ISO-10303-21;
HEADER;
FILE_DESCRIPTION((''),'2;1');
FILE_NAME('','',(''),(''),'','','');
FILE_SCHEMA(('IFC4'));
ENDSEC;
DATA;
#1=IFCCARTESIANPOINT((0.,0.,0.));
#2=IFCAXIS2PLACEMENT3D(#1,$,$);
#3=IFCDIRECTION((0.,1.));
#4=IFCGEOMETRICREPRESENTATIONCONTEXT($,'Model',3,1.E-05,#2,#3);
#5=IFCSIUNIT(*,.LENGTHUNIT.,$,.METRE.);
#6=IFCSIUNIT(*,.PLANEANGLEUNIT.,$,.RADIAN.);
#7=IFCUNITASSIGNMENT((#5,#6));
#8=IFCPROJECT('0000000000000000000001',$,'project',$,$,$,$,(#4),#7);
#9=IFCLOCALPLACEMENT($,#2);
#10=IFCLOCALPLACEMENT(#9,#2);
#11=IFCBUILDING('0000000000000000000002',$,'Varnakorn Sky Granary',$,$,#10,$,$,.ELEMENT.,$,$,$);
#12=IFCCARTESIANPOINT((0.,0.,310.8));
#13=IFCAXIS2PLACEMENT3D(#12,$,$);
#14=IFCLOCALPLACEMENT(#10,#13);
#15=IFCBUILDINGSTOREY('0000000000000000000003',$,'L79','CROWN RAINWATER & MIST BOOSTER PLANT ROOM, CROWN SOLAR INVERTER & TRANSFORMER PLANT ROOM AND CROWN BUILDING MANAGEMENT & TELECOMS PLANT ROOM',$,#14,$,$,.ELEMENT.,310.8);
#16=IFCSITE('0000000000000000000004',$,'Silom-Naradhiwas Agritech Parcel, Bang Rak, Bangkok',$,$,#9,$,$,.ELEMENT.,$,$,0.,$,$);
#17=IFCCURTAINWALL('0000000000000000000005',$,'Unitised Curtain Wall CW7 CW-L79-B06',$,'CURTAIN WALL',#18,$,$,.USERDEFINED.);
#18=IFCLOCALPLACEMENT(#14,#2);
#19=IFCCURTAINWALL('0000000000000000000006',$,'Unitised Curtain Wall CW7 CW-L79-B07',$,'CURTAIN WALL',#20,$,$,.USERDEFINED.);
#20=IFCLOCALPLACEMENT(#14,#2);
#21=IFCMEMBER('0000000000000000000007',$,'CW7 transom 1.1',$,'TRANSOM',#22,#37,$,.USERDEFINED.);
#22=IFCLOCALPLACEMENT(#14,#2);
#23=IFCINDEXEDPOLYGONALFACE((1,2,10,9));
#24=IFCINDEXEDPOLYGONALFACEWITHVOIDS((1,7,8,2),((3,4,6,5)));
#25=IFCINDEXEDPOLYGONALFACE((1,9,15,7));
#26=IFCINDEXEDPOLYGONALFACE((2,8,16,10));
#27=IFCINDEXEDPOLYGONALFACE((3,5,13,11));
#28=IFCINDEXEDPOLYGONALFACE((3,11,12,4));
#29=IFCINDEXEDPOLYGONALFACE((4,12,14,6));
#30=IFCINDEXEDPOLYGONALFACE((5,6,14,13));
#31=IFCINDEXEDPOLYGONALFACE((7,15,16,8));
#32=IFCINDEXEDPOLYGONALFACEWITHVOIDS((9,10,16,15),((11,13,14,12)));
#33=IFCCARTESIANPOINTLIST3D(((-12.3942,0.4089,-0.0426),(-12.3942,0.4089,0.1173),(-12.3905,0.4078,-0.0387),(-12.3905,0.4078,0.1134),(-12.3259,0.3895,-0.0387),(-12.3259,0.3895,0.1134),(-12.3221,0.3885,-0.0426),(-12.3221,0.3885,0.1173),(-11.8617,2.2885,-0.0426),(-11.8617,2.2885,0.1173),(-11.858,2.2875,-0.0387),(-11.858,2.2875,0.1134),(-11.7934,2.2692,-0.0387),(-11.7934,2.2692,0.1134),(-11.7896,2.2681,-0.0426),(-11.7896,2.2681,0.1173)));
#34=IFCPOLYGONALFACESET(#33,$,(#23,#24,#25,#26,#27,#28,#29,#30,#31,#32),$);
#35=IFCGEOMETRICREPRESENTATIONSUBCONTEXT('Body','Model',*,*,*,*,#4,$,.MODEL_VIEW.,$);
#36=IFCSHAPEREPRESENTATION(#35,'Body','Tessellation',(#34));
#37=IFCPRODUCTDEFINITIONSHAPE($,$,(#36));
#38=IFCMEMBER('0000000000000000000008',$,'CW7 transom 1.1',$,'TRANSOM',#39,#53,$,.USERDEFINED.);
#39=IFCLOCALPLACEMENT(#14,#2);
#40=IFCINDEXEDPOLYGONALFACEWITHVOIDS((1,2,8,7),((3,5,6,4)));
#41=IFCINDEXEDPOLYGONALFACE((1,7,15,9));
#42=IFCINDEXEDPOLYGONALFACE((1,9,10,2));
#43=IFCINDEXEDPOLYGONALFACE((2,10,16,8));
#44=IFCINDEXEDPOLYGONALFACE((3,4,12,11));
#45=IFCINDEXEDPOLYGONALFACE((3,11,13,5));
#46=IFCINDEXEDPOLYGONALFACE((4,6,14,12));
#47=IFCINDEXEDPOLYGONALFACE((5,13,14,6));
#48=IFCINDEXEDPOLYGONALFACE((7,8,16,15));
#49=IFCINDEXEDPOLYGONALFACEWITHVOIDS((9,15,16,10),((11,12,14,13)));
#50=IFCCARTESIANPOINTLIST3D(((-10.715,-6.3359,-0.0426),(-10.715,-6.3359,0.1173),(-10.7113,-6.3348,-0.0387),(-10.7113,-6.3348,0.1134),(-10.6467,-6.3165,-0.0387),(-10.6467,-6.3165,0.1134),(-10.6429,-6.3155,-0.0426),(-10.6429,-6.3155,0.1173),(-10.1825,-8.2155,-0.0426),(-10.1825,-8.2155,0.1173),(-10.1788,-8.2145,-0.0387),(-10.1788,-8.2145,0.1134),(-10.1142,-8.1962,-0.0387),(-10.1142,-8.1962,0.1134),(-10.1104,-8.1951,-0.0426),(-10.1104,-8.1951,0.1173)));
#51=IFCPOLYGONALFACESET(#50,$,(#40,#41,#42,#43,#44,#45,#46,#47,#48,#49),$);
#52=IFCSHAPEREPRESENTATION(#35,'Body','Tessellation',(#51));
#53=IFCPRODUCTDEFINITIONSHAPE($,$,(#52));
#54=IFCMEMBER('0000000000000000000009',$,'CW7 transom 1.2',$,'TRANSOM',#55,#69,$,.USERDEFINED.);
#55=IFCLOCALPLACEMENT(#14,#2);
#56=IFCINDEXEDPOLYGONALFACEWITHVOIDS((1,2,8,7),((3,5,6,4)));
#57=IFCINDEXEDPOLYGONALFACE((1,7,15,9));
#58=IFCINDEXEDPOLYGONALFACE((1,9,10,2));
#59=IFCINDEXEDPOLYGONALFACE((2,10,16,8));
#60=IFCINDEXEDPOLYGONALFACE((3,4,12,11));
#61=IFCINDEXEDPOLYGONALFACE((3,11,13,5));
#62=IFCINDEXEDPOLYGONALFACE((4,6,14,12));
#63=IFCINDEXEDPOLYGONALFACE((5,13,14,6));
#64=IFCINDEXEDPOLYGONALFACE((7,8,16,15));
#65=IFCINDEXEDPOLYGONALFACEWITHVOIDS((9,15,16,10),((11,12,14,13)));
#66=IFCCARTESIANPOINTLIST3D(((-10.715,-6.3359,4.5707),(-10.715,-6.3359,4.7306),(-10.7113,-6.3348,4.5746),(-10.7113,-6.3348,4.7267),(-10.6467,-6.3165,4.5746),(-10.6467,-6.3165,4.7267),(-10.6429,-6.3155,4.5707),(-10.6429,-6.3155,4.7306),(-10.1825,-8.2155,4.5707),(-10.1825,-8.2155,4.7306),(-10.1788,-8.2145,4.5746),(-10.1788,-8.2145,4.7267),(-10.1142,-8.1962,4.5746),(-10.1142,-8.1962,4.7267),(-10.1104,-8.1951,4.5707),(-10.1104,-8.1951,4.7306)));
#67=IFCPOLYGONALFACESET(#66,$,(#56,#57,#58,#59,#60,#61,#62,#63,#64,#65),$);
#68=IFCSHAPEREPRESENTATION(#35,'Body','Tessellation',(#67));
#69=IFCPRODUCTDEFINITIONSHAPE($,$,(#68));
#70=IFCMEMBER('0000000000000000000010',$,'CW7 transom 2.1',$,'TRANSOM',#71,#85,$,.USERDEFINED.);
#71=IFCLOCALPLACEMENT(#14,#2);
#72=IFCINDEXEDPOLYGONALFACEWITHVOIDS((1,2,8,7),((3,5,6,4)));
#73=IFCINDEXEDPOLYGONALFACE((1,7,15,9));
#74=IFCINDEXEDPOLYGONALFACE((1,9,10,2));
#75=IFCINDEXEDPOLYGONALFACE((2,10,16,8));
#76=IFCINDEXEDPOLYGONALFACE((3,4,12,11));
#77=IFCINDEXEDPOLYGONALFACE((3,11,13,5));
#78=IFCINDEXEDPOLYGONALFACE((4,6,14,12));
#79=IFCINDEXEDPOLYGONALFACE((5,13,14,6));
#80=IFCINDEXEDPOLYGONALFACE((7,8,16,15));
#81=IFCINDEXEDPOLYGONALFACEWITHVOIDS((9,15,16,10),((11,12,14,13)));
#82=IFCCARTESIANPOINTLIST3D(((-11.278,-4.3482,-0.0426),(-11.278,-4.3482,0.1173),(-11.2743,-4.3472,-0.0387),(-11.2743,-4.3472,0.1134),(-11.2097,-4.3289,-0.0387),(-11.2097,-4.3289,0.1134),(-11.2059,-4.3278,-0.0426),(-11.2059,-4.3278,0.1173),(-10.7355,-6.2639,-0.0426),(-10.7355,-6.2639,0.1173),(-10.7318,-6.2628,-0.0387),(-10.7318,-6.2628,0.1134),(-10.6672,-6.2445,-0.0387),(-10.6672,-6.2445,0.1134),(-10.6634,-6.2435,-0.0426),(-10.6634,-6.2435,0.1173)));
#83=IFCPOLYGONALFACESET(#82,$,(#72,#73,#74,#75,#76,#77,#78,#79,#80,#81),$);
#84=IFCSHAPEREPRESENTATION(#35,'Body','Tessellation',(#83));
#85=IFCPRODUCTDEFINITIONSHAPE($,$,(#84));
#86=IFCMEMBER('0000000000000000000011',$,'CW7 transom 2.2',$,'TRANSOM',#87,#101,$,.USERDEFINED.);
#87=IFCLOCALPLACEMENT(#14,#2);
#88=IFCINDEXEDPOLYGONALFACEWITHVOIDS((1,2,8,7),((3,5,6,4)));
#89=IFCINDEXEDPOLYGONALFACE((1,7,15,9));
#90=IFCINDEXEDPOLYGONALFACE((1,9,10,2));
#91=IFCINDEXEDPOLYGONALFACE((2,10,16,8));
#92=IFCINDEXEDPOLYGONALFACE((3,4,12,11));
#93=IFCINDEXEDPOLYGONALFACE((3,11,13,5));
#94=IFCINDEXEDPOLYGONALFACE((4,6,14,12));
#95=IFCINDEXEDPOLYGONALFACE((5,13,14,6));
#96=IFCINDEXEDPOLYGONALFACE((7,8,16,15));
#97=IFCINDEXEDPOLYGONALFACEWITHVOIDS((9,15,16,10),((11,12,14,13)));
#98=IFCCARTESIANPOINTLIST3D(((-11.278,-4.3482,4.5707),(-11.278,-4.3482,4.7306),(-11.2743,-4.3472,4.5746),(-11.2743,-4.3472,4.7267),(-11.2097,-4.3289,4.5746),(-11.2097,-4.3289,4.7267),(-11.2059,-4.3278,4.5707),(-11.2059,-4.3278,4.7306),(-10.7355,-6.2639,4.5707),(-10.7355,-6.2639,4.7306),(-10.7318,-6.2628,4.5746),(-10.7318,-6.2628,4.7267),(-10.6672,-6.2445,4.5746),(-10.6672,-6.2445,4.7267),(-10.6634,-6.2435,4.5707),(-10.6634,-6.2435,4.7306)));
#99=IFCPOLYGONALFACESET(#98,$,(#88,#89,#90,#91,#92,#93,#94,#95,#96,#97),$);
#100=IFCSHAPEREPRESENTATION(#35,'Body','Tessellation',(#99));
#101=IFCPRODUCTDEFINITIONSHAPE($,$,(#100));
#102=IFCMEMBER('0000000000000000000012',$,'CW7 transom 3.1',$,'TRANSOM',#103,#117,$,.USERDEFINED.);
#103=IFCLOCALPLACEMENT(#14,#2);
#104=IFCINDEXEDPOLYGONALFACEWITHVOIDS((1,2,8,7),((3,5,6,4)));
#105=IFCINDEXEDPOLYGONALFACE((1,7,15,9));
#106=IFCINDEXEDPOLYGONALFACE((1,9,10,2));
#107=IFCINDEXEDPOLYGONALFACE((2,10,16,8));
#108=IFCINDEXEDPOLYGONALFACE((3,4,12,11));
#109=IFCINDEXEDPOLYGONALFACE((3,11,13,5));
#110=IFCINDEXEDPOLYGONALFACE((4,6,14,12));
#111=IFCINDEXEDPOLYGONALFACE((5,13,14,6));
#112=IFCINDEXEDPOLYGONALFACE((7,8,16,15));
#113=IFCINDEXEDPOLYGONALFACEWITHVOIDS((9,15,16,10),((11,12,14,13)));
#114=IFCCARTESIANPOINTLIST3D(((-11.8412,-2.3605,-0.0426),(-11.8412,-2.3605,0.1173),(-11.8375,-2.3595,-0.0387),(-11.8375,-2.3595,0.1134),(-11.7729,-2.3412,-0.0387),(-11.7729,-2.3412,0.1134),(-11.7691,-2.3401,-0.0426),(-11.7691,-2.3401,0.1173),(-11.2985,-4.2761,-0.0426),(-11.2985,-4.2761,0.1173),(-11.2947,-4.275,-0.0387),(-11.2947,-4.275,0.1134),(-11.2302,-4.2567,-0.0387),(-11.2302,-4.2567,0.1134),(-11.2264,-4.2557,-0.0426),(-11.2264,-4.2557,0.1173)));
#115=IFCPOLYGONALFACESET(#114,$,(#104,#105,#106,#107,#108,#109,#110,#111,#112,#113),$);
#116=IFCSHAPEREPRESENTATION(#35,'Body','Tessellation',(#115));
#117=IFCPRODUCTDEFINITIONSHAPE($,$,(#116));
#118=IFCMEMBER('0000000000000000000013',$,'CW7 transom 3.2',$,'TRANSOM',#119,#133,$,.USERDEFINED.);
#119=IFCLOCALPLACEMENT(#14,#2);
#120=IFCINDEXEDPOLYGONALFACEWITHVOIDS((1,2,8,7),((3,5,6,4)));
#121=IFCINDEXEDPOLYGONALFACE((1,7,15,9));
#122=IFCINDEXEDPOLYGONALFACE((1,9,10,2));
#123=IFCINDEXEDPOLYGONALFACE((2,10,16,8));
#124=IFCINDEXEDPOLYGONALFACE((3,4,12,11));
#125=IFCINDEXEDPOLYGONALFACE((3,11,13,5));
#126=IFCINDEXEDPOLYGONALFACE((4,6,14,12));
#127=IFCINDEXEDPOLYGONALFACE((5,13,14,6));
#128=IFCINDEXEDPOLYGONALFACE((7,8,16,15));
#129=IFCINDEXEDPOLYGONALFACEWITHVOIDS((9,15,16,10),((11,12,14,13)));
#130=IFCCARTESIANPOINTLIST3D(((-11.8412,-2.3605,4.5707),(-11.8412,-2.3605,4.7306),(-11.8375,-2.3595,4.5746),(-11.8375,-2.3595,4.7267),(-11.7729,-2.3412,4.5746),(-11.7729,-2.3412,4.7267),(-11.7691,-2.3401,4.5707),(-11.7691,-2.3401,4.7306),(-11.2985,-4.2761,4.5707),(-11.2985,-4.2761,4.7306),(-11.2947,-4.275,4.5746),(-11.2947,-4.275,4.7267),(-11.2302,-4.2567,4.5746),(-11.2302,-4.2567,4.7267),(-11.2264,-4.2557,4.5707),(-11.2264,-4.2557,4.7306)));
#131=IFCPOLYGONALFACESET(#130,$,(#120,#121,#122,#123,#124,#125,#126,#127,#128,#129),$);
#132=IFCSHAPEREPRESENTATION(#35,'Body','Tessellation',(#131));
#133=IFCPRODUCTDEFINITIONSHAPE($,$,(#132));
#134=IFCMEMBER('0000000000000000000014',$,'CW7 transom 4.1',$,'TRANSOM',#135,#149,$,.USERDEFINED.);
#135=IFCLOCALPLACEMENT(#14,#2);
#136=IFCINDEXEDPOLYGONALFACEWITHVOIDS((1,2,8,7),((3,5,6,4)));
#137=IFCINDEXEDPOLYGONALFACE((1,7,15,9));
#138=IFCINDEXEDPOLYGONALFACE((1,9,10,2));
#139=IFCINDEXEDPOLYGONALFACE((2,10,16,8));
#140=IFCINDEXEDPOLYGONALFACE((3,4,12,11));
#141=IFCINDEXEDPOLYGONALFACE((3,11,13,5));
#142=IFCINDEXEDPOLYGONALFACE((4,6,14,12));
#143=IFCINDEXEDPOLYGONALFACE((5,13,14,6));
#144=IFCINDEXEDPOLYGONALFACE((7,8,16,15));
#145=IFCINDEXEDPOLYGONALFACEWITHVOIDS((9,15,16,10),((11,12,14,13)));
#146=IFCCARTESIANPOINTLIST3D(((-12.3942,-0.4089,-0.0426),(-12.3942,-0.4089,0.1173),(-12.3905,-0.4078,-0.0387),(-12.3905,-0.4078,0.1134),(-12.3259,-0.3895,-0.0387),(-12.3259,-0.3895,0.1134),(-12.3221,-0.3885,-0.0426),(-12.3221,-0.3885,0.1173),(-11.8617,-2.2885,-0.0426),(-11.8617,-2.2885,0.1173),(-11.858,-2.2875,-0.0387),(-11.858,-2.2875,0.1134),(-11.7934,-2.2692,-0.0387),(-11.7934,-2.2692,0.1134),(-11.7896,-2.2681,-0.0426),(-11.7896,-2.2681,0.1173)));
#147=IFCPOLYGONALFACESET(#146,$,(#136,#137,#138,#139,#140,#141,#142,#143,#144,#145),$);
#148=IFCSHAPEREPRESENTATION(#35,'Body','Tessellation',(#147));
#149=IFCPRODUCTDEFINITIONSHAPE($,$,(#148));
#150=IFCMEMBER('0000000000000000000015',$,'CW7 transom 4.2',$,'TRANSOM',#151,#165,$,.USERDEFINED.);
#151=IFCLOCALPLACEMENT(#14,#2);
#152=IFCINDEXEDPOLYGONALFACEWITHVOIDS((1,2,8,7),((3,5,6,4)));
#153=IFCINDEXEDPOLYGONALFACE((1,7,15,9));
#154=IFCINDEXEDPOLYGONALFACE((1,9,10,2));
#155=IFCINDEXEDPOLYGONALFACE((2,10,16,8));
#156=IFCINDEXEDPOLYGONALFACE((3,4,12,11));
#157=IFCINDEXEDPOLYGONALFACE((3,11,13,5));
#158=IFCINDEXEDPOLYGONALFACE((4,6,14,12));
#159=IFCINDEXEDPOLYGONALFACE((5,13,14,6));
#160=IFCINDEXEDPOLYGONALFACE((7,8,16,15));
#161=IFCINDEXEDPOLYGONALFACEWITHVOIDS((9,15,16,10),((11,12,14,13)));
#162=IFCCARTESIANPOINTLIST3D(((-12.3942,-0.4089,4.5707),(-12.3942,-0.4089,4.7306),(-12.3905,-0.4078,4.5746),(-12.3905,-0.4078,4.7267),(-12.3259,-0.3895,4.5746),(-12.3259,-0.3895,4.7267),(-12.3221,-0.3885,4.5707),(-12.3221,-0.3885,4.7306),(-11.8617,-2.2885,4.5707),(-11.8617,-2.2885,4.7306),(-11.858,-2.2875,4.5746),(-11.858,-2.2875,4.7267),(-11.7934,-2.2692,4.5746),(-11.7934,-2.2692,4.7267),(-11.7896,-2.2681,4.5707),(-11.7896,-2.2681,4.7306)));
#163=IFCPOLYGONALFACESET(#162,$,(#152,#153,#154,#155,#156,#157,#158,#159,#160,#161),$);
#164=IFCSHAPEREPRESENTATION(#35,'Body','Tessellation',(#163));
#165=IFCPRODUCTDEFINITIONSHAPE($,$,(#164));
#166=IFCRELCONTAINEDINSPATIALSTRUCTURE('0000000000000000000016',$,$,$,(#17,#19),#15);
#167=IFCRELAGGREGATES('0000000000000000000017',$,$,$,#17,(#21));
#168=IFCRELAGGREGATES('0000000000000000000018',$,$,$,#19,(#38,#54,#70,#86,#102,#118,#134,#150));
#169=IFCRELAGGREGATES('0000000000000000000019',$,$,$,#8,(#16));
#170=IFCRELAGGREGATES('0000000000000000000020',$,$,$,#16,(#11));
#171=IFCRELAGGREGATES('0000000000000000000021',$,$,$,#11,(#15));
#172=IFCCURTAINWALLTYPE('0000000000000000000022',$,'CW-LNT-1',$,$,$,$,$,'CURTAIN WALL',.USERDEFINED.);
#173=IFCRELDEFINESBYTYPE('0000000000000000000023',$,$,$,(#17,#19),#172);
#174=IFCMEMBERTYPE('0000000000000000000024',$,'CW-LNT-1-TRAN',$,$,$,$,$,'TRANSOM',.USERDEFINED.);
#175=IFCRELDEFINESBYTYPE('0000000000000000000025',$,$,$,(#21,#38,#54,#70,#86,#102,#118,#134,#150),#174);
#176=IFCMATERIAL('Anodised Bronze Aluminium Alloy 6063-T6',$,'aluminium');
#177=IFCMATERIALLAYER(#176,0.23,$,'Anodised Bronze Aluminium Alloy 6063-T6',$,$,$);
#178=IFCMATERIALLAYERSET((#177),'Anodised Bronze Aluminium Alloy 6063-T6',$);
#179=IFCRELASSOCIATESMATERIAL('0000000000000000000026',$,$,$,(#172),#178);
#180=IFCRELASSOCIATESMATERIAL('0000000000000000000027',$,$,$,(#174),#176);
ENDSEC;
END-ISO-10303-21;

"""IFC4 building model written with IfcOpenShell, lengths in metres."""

from ifc_helpers import new_model, si_unit, direction, frame, origin, origin_2d, place, context, subcontext, project, spatial, hollow_rectangle, extrude, material, layer, layer_set, material_profile, profile_set, type_object, element, aggregate, save


model = new_model("IFC4")

# Units and contexts
model_context = context("Model", 3, precision=1e-05, world=origin(), true_north=direction((0.0, 1.0)))
body_context = subcontext(model_context, "Body", "Model", "MODEL_VIEW")
ifc_project = project(units=[si_unit("LENGTHUNIT", "METRE"), si_unit("PLANEANGLEUNIT", "RADIAN")], contexts=[model_context])

# Site, building, storey
site_placement = place(None, origin())
site = spatial("IfcSite", under=ifc_project, at=site_placement, Name="Silom-Naradhiwas Agritech Parcel, Bang Rak, Bangkok", CompositionType="ELEMENT", RefElevation=0.0)
building_placement = place(site_placement, origin())
building = spatial("IfcBuilding", under=site, at=building_placement, Name="Varnakorn Sky Granary", CompositionType="ELEMENT")
storey_placement = place(building_placement, frame((0.0, 0.0, 310.8)))
storey = spatial("IfcBuildingStorey", under=building, at=storey_placement, Name="L79", Description="CROWN RAINWATER & MIST BOOSTER PLANT ROOM, CROWN SOLAR INVERTER & TRANSFORMER PLANT ROOM AND CROWN BUILDING MANAGEMENT & TELECOMS PLANT ROOM", CompositionType="ELEMENT", Elevation=310.8)

# Curtain wall
ifc_material_1 = material(Name="Anodised Bronze Aluminium Alloy 6063-T6", Category="aluminium")
ifc_layer_1 = layer(ifc_material_1, 0.23, Name="Anodised Bronze Aluminium Alloy 6063-T6")
ifc_layer_set_1 = layer_set([ifc_layer_1], Name="Anodised Bronze Aluminium Alloy 6063-T6")
curtain_wall_type = type_object("IfcCurtainWallType", Name="CW-LNT-1", ElementType="CURTAIN WALL", PredefinedType="USERDEFINED", material=ifc_layer_set_1)
curtain_wall_1_placement = place(storey_placement, origin())
curtain_wall_1 = element("IfcCurtainWall", 1, at=curtain_wall_1_placement, inside=storey, type_object=curtain_wall_type, Name="Unitised Curtain Wall CW7 CW-L79-B06", ObjectType="CURTAIN WALL", PredefinedType="USERDEFINED")

# Curtain wall
curtain_wall_2_placement = place(storey_placement, origin())
curtain_wall_2 = element("IfcCurtainWall", 2, at=curtain_wall_2_placement, inside=storey, type_object=curtain_wall_type, Name="Unitised Curtain Wall CW7 CW-L79-B07", ObjectType="CURTAIN WALL", PredefinedType="USERDEFINED")

# Members
ifc_material_profile_1 = material_profile(ifc_material_1, hollow_rectangle(XDim=0.075, YDim=0.1599, WallThickness=0.0039, at=origin_2d()), Name="ALU TRAN 75x160")
ifc_profile_set_1 = profile_set([ifc_material_profile_1], Name="Anodised Bronze Aluminium Alloy 6063-T6")
member_type_1 = type_object("IfcMemberType", Name="CW-LNT-1-TRAN", ElementType="TRANSOM", PredefinedType="USERDEFINED", material=ifc_profile_set_1)
member_1_placement = place(storey_placement, frame((-12.3582, 0.3987, 0.0374), z_axis=(0.272558, 0.962139, 0.0), x_axis=(-0.962139, 0.272558, 0.0)))
member_1 = element("IfcMember", 3, at=member_1_placement, type_object=member_type_1, Name="CW7 transom 1.1", ObjectType="TRANSOM", PredefinedType="USERDEFINED", context=body_context, shape_type="SweptSolid", body=[
    extrude(hollow_rectangle(XDim=0.075, YDim=0.1599, WallThickness=0.0039, at=origin_2d()), origin(), (0.0, 0.0, 1.0), 1.9536),
])
aggregate(curtain_wall_1, [member_1])
member_2_placement = place(storey_placement, frame((-10.1465, -8.2053, 0.0374), z_axis=(-0.272558, 0.962139, 0.0), x_axis=(-0.962139, -0.272558, 0.0)))
member_2 = element("IfcMember", 4, at=member_2_placement, type_object=member_type_1, Name="CW7 transom 1.1", ObjectType="TRANSOM", PredefinedType="USERDEFINED", context=body_context, shape_type="SweptSolid", body=[
    extrude(hollow_rectangle(XDim=0.075, YDim=0.1599, WallThickness=0.0039, at=origin_2d()), origin(), (0.0, 0.0, 1.0), 1.9536),
])
member_3_placement = place(storey_placement, frame((-10.1465, -8.2053, 4.6506), z_axis=(-0.272558, 0.962139, 0.0), x_axis=(-0.962139, -0.272558, 0.0)))
member_3 = element("IfcMember", 5, at=member_3_placement, type_object=member_type_1, Name="CW7 transom 1.2", ObjectType="TRANSOM", PredefinedType="USERDEFINED", context=body_context, shape_type="SweptSolid", body=[
    extrude(hollow_rectangle(XDim=0.075, YDim=0.1599, WallThickness=0.0039, at=origin_2d()), origin(), (0.0, 0.0, 1.0), 1.9536),
])
member_4_placement = place(storey_placement, frame((-10.6995, -6.2537, 0.0374), z_axis=(-0.272485, 0.96216, 0.0), x_axis=(-0.96216, -0.272485, 0.0)))
member_4 = element("IfcMember", 6, at=member_4_placement, type_object=member_type_1, Name="CW7 transom 2.1", ObjectType="TRANSOM", PredefinedType="USERDEFINED", context=body_context, shape_type="SweptSolid", body=[
    extrude(hollow_rectangle(XDim=0.075, YDim=0.1599, WallThickness=0.0039, at=origin_2d()), origin(), (0.0, 0.0, 1.0), 1.991),
])
member_5_placement = place(storey_placement, frame((-10.6995, -6.2537, 4.6506), z_axis=(-0.272485, 0.96216, 0.0), x_axis=(-0.96216, -0.272485, 0.0)))
member_5 = element("IfcMember", 7, at=member_5_placement, type_object=member_type_1, Name="CW7 transom 2.2", ObjectType="TRANSOM", PredefinedType="USERDEFINED", context=body_context, shape_type="SweptSolid", body=[
    extrude(hollow_rectangle(XDim=0.075, YDim=0.1599, WallThickness=0.0039, at=origin_2d()), origin(), (0.0, 0.0, 1.0), 1.991),
])
member_6_placement = place(storey_placement, frame((-11.2625, -4.2659, 0.0374), z_axis=(-0.272599, 0.962128, 0.0), x_axis=(-0.962128, -0.272599, 0.0)))
member_6 = element("IfcMember", 8, at=member_6_placement, type_object=member_type_1, Name="CW7 transom 3.1", ObjectType="TRANSOM", PredefinedType="USERDEFINED", context=body_context, shape_type="SweptSolid", body=[
    extrude(hollow_rectangle(XDim=0.075, YDim=0.1599, WallThickness=0.0039, at=origin_2d()), origin(), (0.0, 0.0, 1.0), 1.991),
])
member_7_placement = place(storey_placement, frame((-11.2625, -4.2659, 4.6506), z_axis=(-0.272599, 0.962128, 0.0), x_axis=(-0.962128, -0.272599, 0.0)))
member_7 = element("IfcMember", 9, at=member_7_placement, type_object=member_type_1, Name="CW7 transom 3.2", ObjectType="TRANSOM", PredefinedType="USERDEFINED", context=body_context, shape_type="SweptSolid", body=[
    extrude(hollow_rectangle(XDim=0.075, YDim=0.1599, WallThickness=0.0039, at=origin_2d()), origin(), (0.0, 0.0, 1.0), 1.991),
])
member_8_placement = place(storey_placement, frame((-11.8257, -2.2783, 0.0374), z_axis=(-0.272558, 0.962139, 0.0), x_axis=(-0.962139, -0.272558, 0.0)))
member_8 = element("IfcMember", 10, at=member_8_placement, type_object=member_type_1, Name="CW7 transom 4.1", ObjectType="TRANSOM", PredefinedType="USERDEFINED", context=body_context, shape_type="SweptSolid", body=[
    extrude(hollow_rectangle(XDim=0.075, YDim=0.1599, WallThickness=0.0039, at=origin_2d()), origin(), (0.0, 0.0, 1.0), 1.9536),
])
member_9_placement = place(storey_placement, frame((-11.8257, -2.2783, 4.6506), z_axis=(-0.272558, 0.962139, 0.0), x_axis=(-0.962139, -0.272558, 0.0)))
member_9 = element("IfcMember", 11, at=member_9_placement, type_object=member_type_1, Name="CW7 transom 4.2", ObjectType="TRANSOM", PredefinedType="USERDEFINED", context=body_context, shape_type="SweptSolid", body=[
    extrude(hollow_rectangle(XDim=0.075, YDim=0.1599, WallThickness=0.0039, at=origin_2d()), origin(), (0.0, 0.0, 1.0), 1.9536),
])

aggregate(curtain_wall_2, [member_2, member_3, member_4, member_5, member_6, member_7, member_8, member_9])

save(model, "model.ifc")
